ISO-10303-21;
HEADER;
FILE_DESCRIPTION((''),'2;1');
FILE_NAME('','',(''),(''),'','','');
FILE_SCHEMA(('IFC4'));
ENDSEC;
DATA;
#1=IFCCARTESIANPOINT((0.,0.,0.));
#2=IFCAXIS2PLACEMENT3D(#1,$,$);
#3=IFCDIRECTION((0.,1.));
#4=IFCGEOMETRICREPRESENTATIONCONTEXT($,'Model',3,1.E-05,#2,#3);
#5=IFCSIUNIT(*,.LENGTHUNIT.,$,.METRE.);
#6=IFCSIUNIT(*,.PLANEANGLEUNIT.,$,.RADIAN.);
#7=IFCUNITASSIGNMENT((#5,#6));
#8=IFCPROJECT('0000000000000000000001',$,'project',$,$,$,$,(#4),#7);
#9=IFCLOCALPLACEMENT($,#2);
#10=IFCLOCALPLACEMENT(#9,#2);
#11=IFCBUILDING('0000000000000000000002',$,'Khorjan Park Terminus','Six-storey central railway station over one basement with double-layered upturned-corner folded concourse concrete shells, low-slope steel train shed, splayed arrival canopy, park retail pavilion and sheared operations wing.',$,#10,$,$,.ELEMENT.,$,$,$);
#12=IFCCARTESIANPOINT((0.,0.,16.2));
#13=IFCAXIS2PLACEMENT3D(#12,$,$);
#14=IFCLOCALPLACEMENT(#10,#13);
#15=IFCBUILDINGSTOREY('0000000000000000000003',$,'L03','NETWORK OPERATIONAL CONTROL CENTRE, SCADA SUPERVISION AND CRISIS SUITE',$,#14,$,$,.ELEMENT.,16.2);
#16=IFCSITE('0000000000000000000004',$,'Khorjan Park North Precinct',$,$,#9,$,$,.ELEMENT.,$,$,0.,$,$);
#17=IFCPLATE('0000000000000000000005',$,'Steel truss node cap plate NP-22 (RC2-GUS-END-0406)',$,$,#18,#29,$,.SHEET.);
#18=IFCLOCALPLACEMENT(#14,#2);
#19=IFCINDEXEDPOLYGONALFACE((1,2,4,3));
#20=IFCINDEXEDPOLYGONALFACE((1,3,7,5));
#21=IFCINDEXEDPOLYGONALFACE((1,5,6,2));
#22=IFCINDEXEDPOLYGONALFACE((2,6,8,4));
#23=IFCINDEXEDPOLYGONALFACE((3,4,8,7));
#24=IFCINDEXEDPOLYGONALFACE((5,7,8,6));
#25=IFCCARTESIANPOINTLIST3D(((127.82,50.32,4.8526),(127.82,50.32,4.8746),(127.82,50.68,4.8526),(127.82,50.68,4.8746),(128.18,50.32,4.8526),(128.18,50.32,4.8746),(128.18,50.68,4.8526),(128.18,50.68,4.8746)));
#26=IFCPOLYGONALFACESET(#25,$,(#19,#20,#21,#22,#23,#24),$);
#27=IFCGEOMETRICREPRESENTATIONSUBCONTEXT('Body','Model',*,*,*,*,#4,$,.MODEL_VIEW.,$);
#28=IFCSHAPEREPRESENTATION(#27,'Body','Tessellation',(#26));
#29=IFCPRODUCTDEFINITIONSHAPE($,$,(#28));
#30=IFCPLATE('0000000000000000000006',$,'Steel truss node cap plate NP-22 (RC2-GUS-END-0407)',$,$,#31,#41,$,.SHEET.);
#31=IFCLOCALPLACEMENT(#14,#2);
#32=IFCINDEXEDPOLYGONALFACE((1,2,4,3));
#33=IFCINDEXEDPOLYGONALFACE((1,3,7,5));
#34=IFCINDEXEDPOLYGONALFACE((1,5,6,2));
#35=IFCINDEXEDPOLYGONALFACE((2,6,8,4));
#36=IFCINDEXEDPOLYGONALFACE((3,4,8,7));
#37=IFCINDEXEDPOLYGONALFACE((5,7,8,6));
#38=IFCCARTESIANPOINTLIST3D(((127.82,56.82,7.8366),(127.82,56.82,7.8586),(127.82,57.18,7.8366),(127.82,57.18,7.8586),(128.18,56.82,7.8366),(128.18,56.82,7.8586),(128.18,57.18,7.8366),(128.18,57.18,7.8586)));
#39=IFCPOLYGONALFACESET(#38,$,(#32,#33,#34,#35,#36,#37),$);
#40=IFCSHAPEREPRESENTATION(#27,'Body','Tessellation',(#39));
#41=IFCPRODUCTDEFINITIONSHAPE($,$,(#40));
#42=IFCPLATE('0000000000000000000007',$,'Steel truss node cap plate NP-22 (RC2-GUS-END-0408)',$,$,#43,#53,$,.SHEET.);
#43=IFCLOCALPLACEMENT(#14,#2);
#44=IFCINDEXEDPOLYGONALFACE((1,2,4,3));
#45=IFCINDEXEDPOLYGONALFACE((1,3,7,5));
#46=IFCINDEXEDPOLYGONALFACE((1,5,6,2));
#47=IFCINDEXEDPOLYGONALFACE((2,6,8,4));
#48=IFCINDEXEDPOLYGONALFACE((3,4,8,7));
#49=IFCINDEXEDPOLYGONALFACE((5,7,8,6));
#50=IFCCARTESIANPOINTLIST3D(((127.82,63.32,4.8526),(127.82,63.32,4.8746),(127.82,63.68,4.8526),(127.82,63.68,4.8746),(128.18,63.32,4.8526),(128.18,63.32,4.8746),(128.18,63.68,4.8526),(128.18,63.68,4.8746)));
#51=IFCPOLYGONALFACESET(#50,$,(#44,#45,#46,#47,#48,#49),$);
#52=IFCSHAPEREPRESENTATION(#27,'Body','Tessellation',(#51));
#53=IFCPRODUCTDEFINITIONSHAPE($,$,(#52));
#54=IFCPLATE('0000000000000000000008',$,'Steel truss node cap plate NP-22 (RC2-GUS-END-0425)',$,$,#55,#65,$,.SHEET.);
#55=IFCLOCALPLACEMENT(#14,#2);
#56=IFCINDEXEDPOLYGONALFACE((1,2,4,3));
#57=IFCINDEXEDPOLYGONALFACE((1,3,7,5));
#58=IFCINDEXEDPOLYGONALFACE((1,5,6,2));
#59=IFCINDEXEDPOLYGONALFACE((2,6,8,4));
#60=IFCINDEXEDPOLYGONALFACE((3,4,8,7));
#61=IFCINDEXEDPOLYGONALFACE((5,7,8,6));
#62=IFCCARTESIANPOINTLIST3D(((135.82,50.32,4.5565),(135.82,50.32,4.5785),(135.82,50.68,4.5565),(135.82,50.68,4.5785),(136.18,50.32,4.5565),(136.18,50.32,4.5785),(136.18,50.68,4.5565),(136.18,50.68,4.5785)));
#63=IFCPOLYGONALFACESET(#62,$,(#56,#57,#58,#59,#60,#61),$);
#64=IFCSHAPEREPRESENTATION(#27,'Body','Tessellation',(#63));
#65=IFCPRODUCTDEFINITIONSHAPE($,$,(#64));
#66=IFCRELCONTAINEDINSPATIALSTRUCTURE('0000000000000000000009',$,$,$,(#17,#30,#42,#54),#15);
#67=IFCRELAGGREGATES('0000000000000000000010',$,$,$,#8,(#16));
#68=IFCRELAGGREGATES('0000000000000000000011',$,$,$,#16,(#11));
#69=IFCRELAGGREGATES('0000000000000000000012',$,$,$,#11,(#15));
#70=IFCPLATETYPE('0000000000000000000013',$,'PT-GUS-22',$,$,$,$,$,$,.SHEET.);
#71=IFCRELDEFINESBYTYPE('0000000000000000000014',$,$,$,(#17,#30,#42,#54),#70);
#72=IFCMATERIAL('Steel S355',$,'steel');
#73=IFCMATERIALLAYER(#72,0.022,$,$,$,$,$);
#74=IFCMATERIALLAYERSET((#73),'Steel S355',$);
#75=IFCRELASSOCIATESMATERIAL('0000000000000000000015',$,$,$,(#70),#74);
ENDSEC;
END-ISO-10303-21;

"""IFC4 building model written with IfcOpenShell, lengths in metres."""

from ifc_helpers import new_model, si_unit, direction, frame, origin, origin_2d, place, context, subcontext, project, spatial, rectangle, extrude, material, layer, layer_set, type_object, element, save


model = new_model("IFC4")

# Units and contexts
model_context = context("Model", 3, precision=1e-05, world=origin(), true_north=direction((0.0, 1.0)))
body_context = subcontext(model_context, "Body", "Model", "MODEL_VIEW")
ifc_project = project(units=[si_unit("LENGTHUNIT", "METRE"), si_unit("PLANEANGLEUNIT", "RADIAN")], contexts=[model_context])

# Site, building, storey
site_placement = place(None, origin())
site = spatial("IfcSite", under=ifc_project, at=site_placement, Name="Khorjan Park North Precinct", CompositionType="ELEMENT", RefElevation=0.0)
building_placement = place(site_placement, origin())
building = spatial("IfcBuilding", under=site, at=building_placement, Name="Khorjan Park Terminus", Description="Six-storey central railway station over one basement with double-layered upturned-corner folded concourse concrete shells, low-slope steel train shed, splayed arrival canopy, park retail pavilion and sheared operations wing.", CompositionType="ELEMENT")
storey_placement = place(building_placement, frame((0.0, 0.0, 16.2)))
storey = spatial("IfcBuildingStorey", under=building, at=storey_placement, Name="L03", Description="NETWORK OPERATIONAL CONTROL CENTRE, SCADA SUPERVISION AND CRISIS SUITE", CompositionType="ELEMENT", Elevation=16.2)

# Shared definitions
ifc_material_1 = material(Name="Steel S355", Category="steel")

# Plates
ifc_layer = layer(ifc_material_1, 0.022)
ifc_layer_set = layer_set([ifc_layer], Name="Steel S355")
plate_type = type_object("IfcPlateType", Name="PT-GUS-22", PredefinedType="SHEET", material=ifc_layer_set)
for number, where, z_axis, x_axis, name in (
    (1, (128.0, 50.5, 4.8526), (0.0, 0.0, 1.0), (1.0, 0.0, 0.0), "Steel truss node cap plate NP-22 (RC2-GUS-END-0406)"),
    (2, (128.0, 57.0, 7.8366), (0.0, 0.0, 1.0), (1.0, 0.0, 0.0), "Steel truss node cap plate NP-22 (RC2-GUS-END-0407)"),
    (3, (128.0, 63.5, 4.8526), (0.0, 0.0, 1.0), (1.0, 0.0, 0.0), "Steel truss node cap plate NP-22 (RC2-GUS-END-0408)"),
    (4, (136.0, 50.5, 4.5565), (0.0, 0.0, 1.0), (1.0, 0.0, 0.0), "Steel truss node cap plate NP-22 (RC2-GUS-END-0425)"),
):
    element("IfcPlate", number, at=place(storey_placement, frame(where, z_axis=z_axis, x_axis=x_axis)), inside=storey, type_object=plate_type, Name=name, PredefinedType="SHEET", context=body_context, shape_type="SweptSolid", body=[
        extrude(rectangle(XDim=0.36, YDim=0.36, at=origin_2d()), origin(), (0.0, 0.0, 1.0), 0.022),
    ])

save(model, "model.ifc")
